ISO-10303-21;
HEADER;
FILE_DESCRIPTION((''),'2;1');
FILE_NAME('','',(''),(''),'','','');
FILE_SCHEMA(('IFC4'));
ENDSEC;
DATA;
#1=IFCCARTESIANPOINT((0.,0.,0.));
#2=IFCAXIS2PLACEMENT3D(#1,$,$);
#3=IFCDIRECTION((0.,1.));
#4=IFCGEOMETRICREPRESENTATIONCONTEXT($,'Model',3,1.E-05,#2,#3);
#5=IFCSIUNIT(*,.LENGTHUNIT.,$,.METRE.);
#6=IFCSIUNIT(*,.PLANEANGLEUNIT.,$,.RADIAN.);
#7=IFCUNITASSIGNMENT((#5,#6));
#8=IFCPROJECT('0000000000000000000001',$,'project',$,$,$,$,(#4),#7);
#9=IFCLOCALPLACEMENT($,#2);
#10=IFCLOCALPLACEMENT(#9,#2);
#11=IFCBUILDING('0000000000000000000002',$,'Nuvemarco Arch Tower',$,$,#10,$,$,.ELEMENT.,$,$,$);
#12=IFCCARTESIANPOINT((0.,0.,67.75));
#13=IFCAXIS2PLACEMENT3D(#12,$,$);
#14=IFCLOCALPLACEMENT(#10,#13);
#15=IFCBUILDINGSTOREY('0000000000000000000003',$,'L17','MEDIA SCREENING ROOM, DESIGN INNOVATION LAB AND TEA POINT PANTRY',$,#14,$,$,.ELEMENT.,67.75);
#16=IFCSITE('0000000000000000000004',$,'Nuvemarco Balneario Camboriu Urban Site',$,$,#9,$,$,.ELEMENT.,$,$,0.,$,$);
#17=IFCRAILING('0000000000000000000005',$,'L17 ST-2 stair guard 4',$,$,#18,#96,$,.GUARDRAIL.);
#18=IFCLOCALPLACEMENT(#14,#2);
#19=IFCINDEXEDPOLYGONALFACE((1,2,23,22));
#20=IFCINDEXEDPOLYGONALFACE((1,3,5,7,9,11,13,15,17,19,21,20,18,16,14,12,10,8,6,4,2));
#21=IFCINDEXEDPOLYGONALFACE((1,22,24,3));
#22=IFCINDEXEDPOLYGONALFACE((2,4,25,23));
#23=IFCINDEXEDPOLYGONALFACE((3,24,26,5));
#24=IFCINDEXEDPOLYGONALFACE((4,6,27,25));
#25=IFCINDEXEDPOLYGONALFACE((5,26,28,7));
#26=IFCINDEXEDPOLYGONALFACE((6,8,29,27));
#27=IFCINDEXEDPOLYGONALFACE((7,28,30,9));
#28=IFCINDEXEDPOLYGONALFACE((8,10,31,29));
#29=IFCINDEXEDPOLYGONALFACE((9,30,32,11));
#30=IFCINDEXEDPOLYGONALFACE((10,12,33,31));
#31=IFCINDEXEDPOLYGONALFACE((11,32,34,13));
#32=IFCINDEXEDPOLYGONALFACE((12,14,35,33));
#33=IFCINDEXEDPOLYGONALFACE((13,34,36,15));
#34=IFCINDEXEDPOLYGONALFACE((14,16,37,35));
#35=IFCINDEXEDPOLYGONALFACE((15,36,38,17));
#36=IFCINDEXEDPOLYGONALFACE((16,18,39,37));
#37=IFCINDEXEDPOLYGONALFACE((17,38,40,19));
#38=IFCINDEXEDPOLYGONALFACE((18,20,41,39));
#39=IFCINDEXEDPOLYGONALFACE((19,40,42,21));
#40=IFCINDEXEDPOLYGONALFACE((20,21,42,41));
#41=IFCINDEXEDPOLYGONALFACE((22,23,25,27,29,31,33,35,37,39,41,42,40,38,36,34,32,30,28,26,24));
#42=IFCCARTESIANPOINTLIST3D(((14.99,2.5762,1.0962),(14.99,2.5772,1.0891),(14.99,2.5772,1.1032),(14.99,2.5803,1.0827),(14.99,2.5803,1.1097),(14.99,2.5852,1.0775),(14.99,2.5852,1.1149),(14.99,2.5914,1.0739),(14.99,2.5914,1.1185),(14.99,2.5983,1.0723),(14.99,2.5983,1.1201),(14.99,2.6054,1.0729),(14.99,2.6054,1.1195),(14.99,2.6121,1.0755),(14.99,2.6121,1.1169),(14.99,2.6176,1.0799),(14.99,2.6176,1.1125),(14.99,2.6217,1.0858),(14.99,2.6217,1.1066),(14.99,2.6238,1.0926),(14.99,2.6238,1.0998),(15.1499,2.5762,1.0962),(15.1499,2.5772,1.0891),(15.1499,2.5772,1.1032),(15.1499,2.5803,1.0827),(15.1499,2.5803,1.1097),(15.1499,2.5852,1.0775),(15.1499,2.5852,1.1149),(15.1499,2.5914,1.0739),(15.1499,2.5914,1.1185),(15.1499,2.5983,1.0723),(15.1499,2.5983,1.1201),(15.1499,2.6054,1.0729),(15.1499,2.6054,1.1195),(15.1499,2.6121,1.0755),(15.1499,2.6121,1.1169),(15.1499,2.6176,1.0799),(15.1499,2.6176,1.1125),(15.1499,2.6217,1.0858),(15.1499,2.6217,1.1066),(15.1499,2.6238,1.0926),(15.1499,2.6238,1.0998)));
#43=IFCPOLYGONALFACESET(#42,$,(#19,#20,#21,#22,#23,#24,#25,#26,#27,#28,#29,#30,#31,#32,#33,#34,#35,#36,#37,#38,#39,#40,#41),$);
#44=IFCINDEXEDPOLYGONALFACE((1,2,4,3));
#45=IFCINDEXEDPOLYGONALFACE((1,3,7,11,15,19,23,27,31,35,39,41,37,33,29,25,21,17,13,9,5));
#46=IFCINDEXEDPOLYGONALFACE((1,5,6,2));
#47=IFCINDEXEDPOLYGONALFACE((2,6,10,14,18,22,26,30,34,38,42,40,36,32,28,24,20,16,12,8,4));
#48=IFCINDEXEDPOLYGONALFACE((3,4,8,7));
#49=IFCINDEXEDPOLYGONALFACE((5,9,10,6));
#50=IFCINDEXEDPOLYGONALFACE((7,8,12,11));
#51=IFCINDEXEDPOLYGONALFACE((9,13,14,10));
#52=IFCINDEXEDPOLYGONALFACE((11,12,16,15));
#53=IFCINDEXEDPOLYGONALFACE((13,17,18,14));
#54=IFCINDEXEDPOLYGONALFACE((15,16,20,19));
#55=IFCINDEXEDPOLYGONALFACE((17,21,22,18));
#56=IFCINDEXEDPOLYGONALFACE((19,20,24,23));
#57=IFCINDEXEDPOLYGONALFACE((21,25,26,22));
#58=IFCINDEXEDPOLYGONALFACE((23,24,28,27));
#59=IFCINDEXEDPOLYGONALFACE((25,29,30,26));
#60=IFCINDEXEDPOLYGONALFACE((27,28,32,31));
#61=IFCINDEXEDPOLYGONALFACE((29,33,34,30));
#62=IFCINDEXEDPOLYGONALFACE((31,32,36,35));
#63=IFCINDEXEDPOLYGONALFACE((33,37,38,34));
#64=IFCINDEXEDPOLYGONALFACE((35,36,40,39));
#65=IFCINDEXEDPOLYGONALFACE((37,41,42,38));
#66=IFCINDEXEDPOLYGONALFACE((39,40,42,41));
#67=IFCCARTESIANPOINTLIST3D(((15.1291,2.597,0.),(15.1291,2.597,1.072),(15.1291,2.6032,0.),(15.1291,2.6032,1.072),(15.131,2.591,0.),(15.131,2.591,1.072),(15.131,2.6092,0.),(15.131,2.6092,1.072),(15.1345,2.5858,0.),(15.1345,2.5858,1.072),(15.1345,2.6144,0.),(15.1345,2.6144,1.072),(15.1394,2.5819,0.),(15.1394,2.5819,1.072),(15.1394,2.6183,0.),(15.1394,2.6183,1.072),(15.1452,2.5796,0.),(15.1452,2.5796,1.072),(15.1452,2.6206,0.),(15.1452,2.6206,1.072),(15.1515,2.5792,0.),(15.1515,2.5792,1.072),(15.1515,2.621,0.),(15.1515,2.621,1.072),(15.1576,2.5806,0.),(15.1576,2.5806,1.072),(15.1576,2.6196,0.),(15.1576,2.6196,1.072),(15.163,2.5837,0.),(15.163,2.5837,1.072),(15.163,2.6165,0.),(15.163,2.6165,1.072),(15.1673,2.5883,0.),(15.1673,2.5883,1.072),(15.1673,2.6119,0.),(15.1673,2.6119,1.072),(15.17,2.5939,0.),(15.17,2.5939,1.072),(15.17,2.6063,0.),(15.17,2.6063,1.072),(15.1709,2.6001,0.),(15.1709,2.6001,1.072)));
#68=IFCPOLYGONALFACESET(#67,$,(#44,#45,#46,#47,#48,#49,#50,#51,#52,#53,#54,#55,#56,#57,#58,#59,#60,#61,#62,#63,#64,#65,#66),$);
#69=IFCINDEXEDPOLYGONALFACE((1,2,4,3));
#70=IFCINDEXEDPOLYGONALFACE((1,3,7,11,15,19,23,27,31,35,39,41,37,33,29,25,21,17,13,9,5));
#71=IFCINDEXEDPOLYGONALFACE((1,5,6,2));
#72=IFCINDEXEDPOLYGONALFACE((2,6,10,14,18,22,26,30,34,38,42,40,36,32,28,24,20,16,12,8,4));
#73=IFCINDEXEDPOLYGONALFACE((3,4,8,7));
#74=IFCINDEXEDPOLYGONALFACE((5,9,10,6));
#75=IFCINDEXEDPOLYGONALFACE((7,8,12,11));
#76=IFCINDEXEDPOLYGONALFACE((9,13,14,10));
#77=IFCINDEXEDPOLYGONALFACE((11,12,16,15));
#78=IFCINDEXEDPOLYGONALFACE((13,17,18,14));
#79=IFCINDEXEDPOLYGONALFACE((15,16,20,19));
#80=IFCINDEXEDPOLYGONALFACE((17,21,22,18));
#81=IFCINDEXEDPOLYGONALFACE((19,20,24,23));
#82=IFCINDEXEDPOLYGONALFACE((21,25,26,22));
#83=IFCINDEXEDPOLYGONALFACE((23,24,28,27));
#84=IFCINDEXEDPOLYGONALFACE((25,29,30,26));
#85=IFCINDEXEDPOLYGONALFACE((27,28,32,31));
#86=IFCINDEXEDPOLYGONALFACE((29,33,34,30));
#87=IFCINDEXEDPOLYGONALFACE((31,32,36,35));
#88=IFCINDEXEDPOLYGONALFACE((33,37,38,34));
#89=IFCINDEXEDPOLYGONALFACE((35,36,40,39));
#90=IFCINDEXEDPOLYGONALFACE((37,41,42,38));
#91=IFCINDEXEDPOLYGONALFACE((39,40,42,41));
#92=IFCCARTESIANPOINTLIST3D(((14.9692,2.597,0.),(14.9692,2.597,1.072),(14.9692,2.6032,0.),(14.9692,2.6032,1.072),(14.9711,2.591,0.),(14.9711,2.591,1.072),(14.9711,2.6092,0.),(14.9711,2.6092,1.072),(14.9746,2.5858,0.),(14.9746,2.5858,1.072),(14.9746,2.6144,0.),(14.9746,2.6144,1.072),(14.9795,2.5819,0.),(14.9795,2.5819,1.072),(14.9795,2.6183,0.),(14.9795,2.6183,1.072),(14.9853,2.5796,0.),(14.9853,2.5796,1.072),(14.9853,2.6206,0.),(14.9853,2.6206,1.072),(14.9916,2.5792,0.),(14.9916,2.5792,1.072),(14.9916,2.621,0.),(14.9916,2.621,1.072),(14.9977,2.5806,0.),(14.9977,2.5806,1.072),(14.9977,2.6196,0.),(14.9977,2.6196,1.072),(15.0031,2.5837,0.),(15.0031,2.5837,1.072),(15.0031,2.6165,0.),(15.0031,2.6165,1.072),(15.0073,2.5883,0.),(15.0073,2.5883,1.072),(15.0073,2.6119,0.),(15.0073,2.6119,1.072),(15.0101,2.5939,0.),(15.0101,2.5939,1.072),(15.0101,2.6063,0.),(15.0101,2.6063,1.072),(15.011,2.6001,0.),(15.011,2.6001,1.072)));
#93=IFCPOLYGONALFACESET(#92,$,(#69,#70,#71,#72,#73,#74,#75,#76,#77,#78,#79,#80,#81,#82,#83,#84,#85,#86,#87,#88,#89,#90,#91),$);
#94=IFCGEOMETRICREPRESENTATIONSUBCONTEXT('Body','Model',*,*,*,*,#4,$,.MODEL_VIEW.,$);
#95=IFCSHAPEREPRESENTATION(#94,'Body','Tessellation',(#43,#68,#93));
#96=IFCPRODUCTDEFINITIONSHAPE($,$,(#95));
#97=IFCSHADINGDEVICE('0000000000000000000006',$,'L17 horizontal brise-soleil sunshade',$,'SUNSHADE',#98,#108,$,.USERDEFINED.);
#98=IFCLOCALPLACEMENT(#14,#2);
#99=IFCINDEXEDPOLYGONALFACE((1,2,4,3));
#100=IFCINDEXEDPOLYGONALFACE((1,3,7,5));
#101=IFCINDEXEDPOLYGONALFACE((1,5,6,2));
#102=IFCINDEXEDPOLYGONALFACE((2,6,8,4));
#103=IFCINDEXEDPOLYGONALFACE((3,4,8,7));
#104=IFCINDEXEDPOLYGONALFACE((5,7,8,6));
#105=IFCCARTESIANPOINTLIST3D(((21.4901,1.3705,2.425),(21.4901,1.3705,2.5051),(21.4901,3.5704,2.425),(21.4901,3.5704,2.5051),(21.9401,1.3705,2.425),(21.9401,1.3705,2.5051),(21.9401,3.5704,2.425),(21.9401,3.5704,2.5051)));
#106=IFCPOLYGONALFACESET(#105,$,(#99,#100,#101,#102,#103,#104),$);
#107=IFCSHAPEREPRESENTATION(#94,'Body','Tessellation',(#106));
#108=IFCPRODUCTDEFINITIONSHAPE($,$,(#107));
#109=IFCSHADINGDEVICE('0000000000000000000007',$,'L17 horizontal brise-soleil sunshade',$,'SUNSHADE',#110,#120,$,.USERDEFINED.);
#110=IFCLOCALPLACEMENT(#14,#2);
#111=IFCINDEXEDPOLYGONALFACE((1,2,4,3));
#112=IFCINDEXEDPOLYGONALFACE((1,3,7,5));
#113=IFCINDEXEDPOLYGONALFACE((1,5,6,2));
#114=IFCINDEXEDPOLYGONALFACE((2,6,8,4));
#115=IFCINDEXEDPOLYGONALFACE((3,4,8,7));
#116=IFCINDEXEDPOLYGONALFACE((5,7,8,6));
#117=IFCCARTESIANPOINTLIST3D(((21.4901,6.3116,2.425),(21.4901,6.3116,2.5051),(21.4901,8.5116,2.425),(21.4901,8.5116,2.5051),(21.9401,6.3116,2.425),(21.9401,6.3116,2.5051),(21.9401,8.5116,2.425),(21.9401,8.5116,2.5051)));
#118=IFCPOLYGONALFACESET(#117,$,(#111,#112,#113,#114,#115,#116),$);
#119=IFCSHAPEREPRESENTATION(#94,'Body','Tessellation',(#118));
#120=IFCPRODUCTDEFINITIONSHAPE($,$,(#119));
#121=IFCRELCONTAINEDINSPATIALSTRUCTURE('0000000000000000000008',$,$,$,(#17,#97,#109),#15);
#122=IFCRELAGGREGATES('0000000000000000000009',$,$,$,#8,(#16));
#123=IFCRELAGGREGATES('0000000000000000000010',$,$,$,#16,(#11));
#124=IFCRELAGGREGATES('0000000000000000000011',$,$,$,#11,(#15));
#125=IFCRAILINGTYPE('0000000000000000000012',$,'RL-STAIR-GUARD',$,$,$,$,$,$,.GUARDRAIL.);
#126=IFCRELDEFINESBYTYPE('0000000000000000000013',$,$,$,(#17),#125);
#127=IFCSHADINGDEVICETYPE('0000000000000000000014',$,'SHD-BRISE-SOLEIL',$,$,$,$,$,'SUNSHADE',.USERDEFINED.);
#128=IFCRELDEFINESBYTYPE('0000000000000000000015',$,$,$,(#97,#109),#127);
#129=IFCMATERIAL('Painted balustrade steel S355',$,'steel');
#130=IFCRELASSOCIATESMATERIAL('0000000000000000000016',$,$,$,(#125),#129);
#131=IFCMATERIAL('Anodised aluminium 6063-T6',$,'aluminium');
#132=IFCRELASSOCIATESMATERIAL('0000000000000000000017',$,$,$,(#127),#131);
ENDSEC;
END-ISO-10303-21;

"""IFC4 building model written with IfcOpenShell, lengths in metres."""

from ifc_helpers import new_model, si_unit, direction, frame, origin, origin_2d, place, context, subcontext, project, spatial, rectangle, circle, extrude, source, transform, mapped, material, type_object, type_shapes, element, save


model = new_model("IFC4")

# Units and contexts
model_context = context("Model", 3, precision=1e-05, world=origin(), true_north=direction((0.0, 1.0)))
body_context = subcontext(model_context, "Body", "Model", "MODEL_VIEW")
ifc_project = project(units=[si_unit("LENGTHUNIT", "METRE"), si_unit("PLANEANGLEUNIT", "RADIAN")], contexts=[model_context])

# Site, building, storey
site_placement = place(None, origin())
site = spatial("IfcSite", under=ifc_project, at=site_placement, Name="Nuvemarco Balneario Camboriu Urban Site", CompositionType="ELEMENT", RefElevation=0.0)
building_placement = place(site_placement, origin())
building = spatial("IfcBuilding", under=site, at=building_placement, Name="Nuvemarco Arch Tower", CompositionType="ELEMENT")
storey_placement = place(building_placement, frame((0.0, 0.0, 67.75)))
storey = spatial("IfcBuildingStorey", under=building, at=storey_placement, Name="L17", Description="MEDIA SCREENING ROOM, DESIGN INNOVATION LAB AND TEA POINT PANTRY", CompositionType="ELEMENT", Elevation=67.75)

# Railing
ifc_material_1 = material(Name="Painted balustrade steel S355", Category="steel")
railing_type_1 = type_object("IfcRailingType", Name="RL-STAIR-GUARD", PredefinedType="GUARDRAIL", material=ifc_material_1)
railing_1_placement = place(storey_placement, frame((15.1499, 2.6001, 0.0)))
element("IfcRailing", 1, at=railing_1_placement, inside=storey, type_object=railing_type_1, Name="L17 ST-2 stair guard 4", PredefinedType="GUARDRAIL", context=body_context, shape_type="SweptSolid", body=[
    extrude(circle(Radius=0.0239, at=origin_2d()), frame((0.0, 0.0, 1.0962), z_axis=(-1.0, 0.0, 0.0), x_axis=(0.0, -1.0, 0.0)), (0.0, 0.0, 1.0), 0.1599),
    extrude(circle(Radius=0.021, at=origin_2d()), origin(), (0.0, 0.0, 1.0), 1.072),
    extrude(circle(Radius=0.021, at=origin_2d()), frame((-0.1599, 0.0, 0.0)), (0.0, 0.0, 1.0), 1.072),
])

# Shading devices
ifc_material_2 = material(Name="Anodised aluminium 6063-T6", Category="aluminium")
shading_device_type = type_object("IfcShadingDeviceType", Name="SHD-BRISE-SOLEIL", ElementType="SUNSHADE", PredefinedType="USERDEFINED", material=ifc_material_2)
shared_shape_1 = source(origin(), body_context, "Body", "SweptSolid", [
    extrude(rectangle(XDim=2.2, YDim=0.45, at=origin_2d()), origin(), (0.0, 0.0, 1.0), 0.0801),
])
type_shapes(shading_device_type, [shared_shape_1])
for number, where, z_axis, x_axis, name in (
    (2, (21.7151, 2.4705, 2.425), (0.0, 0.0, 1.0), (0.0, 1.0, 0.0), "L17 horizontal brise-soleil sunshade"),
    (3, (21.7151, 7.4116, 2.425), (0.0, 0.0, 1.0), (0.0, 1.0, 0.0), "L17 horizontal brise-soleil sunshade"),
):
    element("IfcShadingDevice", number, at=place(storey_placement, frame(where, z_axis=z_axis, x_axis=x_axis)), inside=storey, type_object=shading_device_type, Name=name, ObjectType="SUNSHADE", PredefinedType="USERDEFINED", context=body_context, shape_type="MappedRepresentation", body=[
        mapped(shared_shape_1, transform((0.0, 0.0, 0.0), scale=1.0)),
    ])

save(model, "model.ifc")
